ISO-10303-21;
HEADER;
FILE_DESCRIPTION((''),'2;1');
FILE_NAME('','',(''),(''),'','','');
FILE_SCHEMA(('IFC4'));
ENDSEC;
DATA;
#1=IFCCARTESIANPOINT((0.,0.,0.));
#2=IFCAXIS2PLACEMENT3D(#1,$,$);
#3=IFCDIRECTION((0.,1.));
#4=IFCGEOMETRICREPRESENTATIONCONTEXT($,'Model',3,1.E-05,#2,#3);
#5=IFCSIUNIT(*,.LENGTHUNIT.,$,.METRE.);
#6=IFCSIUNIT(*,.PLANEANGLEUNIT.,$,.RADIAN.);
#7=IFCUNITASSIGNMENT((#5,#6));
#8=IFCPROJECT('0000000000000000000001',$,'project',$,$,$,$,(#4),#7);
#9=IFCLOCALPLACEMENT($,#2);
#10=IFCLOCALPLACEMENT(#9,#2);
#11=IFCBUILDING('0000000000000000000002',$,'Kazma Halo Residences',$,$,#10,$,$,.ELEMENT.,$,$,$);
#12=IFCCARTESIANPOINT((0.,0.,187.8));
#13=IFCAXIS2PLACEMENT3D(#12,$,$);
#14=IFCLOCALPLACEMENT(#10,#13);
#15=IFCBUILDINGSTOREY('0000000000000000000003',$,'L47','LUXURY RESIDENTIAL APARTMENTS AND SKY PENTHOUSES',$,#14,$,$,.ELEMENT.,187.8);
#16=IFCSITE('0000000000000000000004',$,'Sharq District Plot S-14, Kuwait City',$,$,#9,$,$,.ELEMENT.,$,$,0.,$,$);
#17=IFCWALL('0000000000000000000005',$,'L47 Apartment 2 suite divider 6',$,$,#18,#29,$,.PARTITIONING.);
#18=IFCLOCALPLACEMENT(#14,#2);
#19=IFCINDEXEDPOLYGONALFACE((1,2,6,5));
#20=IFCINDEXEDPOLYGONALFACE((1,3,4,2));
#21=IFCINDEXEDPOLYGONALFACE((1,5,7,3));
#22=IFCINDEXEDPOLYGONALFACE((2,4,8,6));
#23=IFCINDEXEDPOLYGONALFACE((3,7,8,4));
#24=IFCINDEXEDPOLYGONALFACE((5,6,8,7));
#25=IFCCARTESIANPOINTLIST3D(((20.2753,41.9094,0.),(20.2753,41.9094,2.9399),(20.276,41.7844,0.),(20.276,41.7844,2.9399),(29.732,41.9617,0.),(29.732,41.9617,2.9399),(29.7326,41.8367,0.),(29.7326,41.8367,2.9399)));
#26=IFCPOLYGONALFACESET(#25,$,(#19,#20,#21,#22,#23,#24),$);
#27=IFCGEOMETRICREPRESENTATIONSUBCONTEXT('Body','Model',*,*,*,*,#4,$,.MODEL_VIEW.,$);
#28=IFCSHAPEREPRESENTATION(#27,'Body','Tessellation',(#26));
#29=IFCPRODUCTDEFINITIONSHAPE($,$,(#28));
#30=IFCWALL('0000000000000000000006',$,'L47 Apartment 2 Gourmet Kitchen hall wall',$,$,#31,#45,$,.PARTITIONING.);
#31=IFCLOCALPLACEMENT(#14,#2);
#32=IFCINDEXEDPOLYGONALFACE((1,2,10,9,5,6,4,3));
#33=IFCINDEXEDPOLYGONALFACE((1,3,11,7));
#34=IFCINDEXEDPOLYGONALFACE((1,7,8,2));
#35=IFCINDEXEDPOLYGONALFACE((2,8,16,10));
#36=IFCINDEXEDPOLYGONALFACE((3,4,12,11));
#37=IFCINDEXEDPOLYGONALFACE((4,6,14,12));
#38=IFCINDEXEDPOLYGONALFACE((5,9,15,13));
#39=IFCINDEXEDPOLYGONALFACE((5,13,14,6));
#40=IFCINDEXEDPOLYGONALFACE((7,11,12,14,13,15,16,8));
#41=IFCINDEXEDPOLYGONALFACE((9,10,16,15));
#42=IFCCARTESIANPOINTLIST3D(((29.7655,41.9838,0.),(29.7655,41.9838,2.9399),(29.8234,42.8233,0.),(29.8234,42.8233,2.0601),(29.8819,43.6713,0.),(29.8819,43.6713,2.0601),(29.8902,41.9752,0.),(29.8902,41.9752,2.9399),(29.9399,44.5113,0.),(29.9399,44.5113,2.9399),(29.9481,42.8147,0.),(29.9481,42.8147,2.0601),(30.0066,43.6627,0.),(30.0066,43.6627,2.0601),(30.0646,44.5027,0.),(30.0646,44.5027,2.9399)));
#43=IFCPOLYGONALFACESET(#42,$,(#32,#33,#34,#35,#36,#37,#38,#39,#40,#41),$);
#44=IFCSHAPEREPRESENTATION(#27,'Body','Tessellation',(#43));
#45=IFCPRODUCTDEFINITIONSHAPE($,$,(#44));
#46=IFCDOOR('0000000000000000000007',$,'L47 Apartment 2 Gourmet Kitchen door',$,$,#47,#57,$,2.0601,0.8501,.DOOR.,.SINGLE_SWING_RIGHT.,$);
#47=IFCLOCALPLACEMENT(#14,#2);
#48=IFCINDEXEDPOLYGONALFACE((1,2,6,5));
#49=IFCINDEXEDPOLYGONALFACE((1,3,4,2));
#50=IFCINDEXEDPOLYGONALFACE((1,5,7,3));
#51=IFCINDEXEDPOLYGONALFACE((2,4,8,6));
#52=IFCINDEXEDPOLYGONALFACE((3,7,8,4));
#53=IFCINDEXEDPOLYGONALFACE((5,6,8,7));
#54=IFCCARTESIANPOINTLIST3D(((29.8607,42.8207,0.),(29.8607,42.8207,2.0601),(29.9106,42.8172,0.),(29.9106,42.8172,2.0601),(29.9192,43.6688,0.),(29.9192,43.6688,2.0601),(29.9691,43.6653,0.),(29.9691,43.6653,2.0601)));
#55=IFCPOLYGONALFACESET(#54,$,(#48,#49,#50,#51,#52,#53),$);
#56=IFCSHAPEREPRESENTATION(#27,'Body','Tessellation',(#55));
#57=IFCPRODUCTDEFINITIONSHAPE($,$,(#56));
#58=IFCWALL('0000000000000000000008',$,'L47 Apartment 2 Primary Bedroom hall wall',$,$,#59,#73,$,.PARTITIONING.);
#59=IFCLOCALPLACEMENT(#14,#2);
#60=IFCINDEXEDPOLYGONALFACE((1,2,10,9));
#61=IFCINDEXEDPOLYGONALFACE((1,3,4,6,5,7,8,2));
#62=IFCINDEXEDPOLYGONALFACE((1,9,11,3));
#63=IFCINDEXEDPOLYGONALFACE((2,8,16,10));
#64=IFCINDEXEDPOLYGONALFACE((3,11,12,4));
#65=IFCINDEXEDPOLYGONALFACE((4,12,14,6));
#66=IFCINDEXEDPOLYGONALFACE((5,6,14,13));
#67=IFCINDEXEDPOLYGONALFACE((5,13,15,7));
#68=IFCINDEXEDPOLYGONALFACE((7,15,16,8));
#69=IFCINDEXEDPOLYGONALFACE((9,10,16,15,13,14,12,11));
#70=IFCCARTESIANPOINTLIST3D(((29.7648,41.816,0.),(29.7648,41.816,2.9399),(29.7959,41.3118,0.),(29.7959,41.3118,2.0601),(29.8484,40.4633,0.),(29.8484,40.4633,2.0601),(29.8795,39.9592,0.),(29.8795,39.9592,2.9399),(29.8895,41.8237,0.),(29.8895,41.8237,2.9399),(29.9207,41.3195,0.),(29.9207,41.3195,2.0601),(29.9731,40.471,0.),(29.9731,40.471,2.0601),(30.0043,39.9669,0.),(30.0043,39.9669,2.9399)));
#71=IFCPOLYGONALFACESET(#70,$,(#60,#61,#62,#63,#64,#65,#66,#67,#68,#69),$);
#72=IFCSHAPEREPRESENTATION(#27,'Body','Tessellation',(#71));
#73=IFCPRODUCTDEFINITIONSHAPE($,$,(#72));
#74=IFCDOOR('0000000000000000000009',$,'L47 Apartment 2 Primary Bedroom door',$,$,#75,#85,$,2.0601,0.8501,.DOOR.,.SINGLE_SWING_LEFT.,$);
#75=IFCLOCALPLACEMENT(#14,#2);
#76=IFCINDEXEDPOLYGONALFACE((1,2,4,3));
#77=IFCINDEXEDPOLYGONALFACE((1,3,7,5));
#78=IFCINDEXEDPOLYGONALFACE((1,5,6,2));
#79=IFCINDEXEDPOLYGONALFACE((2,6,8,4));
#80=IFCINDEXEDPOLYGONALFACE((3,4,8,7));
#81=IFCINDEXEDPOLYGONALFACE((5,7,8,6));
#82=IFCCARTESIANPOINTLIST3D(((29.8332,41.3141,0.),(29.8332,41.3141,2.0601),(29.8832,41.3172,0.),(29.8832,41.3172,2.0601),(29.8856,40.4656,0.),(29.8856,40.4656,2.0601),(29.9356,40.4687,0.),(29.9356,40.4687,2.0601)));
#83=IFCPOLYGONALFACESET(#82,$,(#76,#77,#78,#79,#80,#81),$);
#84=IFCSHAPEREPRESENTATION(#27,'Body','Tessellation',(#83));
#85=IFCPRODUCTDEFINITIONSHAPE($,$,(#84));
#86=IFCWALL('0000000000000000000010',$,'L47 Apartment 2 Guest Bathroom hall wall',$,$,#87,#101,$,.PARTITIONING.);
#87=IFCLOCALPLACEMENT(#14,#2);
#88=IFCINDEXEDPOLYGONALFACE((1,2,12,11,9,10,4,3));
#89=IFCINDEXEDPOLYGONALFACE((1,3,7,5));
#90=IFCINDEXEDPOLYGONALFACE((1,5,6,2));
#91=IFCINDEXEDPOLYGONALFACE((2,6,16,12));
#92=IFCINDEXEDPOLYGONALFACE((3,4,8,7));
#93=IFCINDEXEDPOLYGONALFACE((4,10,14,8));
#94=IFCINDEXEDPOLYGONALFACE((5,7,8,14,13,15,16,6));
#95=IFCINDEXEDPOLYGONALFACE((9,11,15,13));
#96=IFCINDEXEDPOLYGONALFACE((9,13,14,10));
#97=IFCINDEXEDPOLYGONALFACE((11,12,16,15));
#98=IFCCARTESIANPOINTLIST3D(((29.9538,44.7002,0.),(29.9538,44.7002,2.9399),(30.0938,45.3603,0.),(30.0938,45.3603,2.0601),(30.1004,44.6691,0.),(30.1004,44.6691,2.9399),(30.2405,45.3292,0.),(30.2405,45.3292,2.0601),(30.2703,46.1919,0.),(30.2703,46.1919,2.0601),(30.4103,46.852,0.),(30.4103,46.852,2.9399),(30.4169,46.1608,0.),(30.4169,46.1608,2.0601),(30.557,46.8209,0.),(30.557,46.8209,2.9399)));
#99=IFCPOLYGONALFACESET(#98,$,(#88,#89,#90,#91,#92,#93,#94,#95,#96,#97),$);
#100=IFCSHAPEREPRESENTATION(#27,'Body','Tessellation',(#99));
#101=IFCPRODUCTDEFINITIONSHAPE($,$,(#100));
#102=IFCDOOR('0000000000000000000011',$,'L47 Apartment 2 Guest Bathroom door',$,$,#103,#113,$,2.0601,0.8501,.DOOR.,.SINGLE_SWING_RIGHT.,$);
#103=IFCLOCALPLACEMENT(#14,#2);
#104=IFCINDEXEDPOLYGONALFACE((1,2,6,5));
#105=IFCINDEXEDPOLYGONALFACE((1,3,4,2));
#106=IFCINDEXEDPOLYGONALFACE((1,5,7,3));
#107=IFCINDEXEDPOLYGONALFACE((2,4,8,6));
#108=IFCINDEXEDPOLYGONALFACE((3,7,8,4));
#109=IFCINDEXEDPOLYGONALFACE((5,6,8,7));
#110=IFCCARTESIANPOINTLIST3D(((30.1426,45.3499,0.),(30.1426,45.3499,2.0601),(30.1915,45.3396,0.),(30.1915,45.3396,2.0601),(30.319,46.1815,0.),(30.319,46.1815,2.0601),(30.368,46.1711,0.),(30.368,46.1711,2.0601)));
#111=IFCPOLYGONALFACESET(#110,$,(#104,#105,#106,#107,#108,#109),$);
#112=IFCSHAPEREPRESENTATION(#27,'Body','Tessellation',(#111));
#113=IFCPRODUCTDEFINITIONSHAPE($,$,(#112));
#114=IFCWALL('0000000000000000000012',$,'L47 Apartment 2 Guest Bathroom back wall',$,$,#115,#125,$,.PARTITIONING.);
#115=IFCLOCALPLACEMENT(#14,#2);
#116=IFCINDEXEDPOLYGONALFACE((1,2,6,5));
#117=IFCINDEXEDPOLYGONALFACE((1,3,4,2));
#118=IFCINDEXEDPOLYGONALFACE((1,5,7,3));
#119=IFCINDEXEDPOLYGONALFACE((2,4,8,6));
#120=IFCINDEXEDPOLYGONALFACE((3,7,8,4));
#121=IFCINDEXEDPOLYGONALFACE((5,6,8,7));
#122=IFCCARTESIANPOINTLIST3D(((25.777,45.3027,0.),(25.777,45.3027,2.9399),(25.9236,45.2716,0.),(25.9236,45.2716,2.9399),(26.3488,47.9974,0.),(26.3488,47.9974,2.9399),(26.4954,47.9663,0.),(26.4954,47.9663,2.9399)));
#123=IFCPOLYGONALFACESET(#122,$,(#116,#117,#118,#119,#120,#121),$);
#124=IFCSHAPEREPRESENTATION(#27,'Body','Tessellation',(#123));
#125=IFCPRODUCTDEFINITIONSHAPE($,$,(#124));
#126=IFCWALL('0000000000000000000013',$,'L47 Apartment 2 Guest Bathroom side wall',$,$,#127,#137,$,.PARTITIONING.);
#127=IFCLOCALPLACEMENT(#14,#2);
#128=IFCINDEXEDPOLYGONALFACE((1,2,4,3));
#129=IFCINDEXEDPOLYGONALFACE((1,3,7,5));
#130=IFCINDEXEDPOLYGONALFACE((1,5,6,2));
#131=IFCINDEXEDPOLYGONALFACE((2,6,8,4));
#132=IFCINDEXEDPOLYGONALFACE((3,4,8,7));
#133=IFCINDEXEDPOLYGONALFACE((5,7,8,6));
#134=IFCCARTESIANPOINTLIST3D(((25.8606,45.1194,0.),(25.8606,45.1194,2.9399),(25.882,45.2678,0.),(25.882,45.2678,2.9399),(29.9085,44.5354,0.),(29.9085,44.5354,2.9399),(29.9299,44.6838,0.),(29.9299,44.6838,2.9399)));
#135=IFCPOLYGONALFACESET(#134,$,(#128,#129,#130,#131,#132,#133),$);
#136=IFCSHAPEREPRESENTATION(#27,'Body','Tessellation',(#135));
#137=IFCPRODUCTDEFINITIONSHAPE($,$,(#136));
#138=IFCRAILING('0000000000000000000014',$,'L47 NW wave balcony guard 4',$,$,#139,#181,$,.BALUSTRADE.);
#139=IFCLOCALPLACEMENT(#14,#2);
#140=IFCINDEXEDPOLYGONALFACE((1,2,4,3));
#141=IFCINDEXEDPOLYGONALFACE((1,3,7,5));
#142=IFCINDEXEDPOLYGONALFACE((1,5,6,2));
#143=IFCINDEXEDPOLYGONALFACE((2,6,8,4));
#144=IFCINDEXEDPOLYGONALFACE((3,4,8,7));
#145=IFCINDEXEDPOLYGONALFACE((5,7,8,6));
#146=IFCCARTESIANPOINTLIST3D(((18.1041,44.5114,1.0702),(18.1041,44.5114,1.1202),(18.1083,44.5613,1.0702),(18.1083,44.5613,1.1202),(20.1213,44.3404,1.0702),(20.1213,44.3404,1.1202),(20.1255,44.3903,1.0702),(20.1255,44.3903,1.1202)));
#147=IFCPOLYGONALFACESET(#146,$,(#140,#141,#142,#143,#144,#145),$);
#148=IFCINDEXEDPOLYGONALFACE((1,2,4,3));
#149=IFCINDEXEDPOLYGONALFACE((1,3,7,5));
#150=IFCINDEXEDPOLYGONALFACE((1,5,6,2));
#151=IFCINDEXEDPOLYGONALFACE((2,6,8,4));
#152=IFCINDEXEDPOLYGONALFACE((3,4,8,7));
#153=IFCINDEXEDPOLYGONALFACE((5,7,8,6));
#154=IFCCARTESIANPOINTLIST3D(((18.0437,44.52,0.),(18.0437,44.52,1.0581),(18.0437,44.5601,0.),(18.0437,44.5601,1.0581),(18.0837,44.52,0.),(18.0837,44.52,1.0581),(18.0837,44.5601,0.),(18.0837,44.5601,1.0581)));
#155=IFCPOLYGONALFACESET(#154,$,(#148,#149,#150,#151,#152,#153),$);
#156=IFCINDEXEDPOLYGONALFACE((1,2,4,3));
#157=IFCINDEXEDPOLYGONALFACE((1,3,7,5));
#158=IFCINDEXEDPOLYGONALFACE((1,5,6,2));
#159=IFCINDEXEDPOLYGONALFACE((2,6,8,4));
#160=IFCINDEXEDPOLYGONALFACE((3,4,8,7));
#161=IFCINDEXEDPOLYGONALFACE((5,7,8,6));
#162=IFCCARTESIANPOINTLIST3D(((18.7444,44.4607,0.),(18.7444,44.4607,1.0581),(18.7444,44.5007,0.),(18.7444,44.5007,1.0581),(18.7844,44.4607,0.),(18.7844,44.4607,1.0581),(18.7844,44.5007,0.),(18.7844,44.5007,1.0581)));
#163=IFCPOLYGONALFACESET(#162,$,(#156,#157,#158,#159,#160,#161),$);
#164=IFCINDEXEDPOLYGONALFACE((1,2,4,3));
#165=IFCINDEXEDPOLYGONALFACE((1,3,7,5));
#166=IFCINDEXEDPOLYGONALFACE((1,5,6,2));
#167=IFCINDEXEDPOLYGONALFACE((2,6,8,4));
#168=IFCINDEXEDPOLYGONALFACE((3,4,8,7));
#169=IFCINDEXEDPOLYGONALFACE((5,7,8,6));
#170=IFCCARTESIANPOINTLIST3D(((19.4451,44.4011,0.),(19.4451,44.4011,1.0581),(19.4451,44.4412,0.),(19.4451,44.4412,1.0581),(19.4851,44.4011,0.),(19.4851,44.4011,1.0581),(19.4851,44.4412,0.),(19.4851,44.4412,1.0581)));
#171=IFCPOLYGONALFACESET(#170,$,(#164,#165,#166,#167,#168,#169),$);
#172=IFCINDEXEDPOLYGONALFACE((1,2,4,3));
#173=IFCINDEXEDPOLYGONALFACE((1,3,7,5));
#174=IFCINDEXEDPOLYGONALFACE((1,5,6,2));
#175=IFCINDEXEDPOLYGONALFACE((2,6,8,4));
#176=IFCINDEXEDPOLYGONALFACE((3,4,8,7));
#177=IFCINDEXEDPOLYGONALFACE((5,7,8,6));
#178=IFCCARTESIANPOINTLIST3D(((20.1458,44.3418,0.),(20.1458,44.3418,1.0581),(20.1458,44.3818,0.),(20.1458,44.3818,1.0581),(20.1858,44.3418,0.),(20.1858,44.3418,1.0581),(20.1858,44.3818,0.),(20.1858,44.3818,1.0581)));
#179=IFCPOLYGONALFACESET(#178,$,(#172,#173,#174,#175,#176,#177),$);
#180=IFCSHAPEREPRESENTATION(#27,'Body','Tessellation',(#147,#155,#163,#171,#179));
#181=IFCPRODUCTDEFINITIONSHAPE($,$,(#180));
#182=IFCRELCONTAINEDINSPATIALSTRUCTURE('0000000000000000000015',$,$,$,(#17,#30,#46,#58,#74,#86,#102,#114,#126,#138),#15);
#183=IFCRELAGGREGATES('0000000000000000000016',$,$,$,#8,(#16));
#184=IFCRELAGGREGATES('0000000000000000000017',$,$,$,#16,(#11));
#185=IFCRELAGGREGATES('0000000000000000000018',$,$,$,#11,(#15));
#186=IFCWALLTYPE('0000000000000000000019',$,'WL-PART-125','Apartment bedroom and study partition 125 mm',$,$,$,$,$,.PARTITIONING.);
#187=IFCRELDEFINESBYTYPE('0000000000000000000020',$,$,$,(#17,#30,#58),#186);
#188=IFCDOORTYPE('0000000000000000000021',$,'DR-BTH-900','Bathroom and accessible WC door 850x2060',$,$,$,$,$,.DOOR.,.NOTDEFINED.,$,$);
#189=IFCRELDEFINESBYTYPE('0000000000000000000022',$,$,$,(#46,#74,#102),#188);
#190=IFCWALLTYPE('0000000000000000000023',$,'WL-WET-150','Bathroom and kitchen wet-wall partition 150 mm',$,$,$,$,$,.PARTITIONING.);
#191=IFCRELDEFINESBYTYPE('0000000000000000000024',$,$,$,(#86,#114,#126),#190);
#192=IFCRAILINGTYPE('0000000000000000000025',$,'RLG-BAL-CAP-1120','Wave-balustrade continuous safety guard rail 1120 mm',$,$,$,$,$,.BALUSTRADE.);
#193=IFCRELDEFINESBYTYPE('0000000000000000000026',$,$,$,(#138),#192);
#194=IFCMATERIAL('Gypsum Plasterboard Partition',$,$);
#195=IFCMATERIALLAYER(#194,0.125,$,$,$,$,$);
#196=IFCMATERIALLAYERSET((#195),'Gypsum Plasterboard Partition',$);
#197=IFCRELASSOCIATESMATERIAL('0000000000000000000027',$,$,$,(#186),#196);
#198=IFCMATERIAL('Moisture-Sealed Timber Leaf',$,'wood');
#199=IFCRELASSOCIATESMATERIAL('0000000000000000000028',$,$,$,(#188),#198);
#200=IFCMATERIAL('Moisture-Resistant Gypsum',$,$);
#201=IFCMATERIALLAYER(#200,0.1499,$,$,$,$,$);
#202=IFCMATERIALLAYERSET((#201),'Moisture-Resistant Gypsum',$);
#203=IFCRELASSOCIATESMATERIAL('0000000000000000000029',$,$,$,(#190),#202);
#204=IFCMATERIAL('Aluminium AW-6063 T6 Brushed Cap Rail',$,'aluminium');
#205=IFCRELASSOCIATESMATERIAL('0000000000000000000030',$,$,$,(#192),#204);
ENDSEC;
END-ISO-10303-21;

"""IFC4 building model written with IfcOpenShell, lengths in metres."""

from ifc_helpers import new_model, si_unit, direction, frame, frame_2d, origin, origin_2d, place, context, subcontext, project, spatial, rectangle, extrude, material, layer, layer_set, type_object, element, fill, save


model = new_model("IFC4")

# Units and contexts
model_context = context("Model", 3, precision=1e-05, world=origin(), true_north=direction((0.0, 1.0)))
body_context = subcontext(model_context, "Body", "Model", "MODEL_VIEW")
ifc_project = project(units=[si_unit("LENGTHUNIT", "METRE"), si_unit("PLANEANGLEUNIT", "RADIAN")], contexts=[model_context])

# Site, building, storey
site_placement = place(None, origin())
site = spatial("IfcSite", under=ifc_project, at=site_placement, Name="Sharq District Plot S-14, Kuwait City", CompositionType="ELEMENT", RefElevation=0.0)
building_placement = place(site_placement, origin())
building = spatial("IfcBuilding", under=site, at=building_placement, Name="Kazma Halo Residences", CompositionType="ELEMENT")
storey_placement = place(building_placement, frame((0.0, 0.0, 187.8)))
storey = spatial("IfcBuildingStorey", under=building, at=storey_placement, Name="L47", Description="LUXURY RESIDENTIAL APARTMENTS AND SKY PENTHOUSES", CompositionType="ELEMENT", Elevation=187.8)

# Shared definitions
ifc_material_1 = material(Name="Gypsum Plasterboard Partition")
ifc_layer_1 = layer(ifc_material_1, 0.125)
ifc_layer_set_1 = layer_set([ifc_layer_1], Name="Gypsum Plasterboard Partition")
wall_type_1 = type_object("IfcWallType", Name="WL-PART-125", Description="Apartment bedroom and study partition 125 mm", PredefinedType="PARTITIONING", material=ifc_layer_set_1)

# Shared definitions
ifc_material_2 = material(Name="Moisture-Sealed Timber Leaf", Category="wood")
door_type = type_object("IfcDoorType", Name="DR-BTH-900", Description="Bathroom and accessible WC door 850x2060", OperationType="NOTDEFINED", PredefinedType="DOOR", material=ifc_material_2)

# Wall
wall_1_placement = place(storey_placement, frame((29.7324, 41.8992, 0.0), z_axis=(0.0, 0.0, 1.0), x_axis=(-0.999985, -0.005525, 0.0)))
element("IfcWall", 1, at=wall_1_placement, inside=storey, type_object=wall_type_1, Name="L47 Apartment 2 suite divider 6", PredefinedType="PARTITIONING", context=body_context, shape_type="SweptSolid", body=[
    extrude(rectangle(XDim=9.4568, YDim=0.125, at=frame_2d((4.7285, 0.0))), origin(), (0.0, 0.0, 1.0), 2.9399),
])

# Walls, openings, doors
wall_2_placement = place(storey_placement, frame((30.0022, 44.5068, 0.0), z_axis=(0.0, 0.0, 1.0), x_axis=(-0.068809, -0.99763, 0.0)))
wall_2 = element("IfcWall", 2, at=wall_2_placement, inside=storey, type_object=wall_type_1, Name="L47 Apartment 2 Gourmet Kitchen hall wall", PredefinedType="PARTITIONING", context=body_context, shape_type="SweptSolid", body=[
    extrude(rectangle(XDim=2.5334, YDim=0.125, at=frame_2d((1.2666, 0.0))), origin(), (0.0, 0.0, 1.0), 2.9399),
])
opening_1_placement = place(wall_2_placement, frame((0.8418, 0.0, 0.0)))
opening_1 = element("IfcOpeningElement", 3, at=opening_1_placement, cuts=wall_2, PredefinedType="OPENING", context=body_context, shape_type="SweptSolid", body=[
    extrude(rectangle(XDim=0.8501, YDim=2.0601, at=frame_2d((0.425, 1.03))), frame((0.0, 0.0725, 0.0), z_axis=(0.0, -1.0, 0.0), x_axis=(1.0, 0.0, 0.0)), (0.0, 0.0, 1.0), 0.145),
])
door_1_placement = place(opening_1_placement, origin())
door_1 = element("IfcDoor", 4, at=door_1_placement, inside=storey, type_object=door_type, Name="L47 Apartment 2 Gourmet Kitchen door", OperationType="SINGLE_SWING_RIGHT", OverallHeight=2.0601, OverallWidth=0.8501, PredefinedType="DOOR", context=body_context, shape_type="SweptSolid", body=[
    extrude(rectangle(XDim=0.8501, YDim=2.0601, at=frame_2d((0.425, 1.03))), frame((0.0, 0.0249, 0.0), z_axis=(0.0, -1.0, 0.0), x_axis=(1.0, 0.0, 0.0)), (0.0, 0.0, 1.0), 0.05),
])
fill(opening_1, door_1)
wall_3_placement = place(storey_placement, frame((29.8271, 41.8198, 0.0), z_axis=(0.0, 0.0, 1.0), x_axis=(0.061684, -0.998096, 0.0)))
wall_3 = element("IfcWall", 5, at=wall_3_placement, inside=storey, type_object=wall_type_1, Name="L47 Apartment 2 Primary Bedroom hall wall", PredefinedType="PARTITIONING", context=body_context, shape_type="SweptSolid", body=[
    extrude(rectangle(XDim=1.8604, YDim=0.125, at=frame_2d((0.9302, 0.0))), origin(), (0.0, 0.0, 1.0), 2.9399),
])
opening_2_placement = place(wall_3_placement, frame((0.5051, 0.0, 0.0)))
opening_2 = element("IfcOpeningElement", 6, at=opening_2_placement, cuts=wall_3, PredefinedType="OPENING", context=body_context, shape_type="SweptSolid", body=[
    extrude(rectangle(XDim=0.8501, YDim=2.0601, at=frame_2d((0.425, 1.03))), frame((0.0, 0.0725, 0.0), z_axis=(0.0, -1.0, 0.0), x_axis=(1.0, 0.0, 0.0)), (0.0, 0.0, 1.0), 0.145),
])
door_2_placement = place(opening_2_placement, origin())
door_2 = element("IfcDoor", 7, at=door_2_placement, inside=storey, type_object=door_type, Name="L47 Apartment 2 Primary Bedroom door", OperationType="SINGLE_SWING_LEFT", OverallHeight=2.0601, OverallWidth=0.8501, PredefinedType="DOOR", context=body_context, shape_type="SweptSolid", body=[
    extrude(rectangle(XDim=0.8501, YDim=2.0601, at=frame_2d((0.425, 1.03))), frame((0.0, 0.0249, 0.0), z_axis=(0.0, -1.0, 0.0), x_axis=(1.0, 0.0, 0.0)), (0.0, 0.0, 1.0), 0.05),
])
fill(opening_2, door_2)
ifc_material_3 = material(Name="Moisture-Resistant Gypsum")
ifc_layer_2 = layer(ifc_material_3, 0.1499)
ifc_layer_set_2 = layer_set([ifc_layer_2], Name="Moisture-Resistant Gypsum")
wall_type_2 = type_object("IfcWallType", Name="WL-WET-150", Description="Bathroom and kitchen wet-wall partition 150 mm", PredefinedType="PARTITIONING", material=ifc_layer_set_2)
wall_4_placement = place(storey_placement, frame((30.4836, 46.8364, 0.0), z_axis=(0.0, 0.0, 1.0), x_axis=(-0.207543, -0.978226, 0.0)))
wall_4 = element("IfcWall", 8, at=wall_4_placement, inside=storey, type_object=wall_type_2, Name="L47 Apartment 2 Guest Bathroom hall wall", PredefinedType="PARTITIONING", context=body_context, shape_type="SweptSolid", body=[
    extrude(rectangle(XDim=2.1997, YDim=0.1499, at=frame_2d((1.0999, 0.0))), origin(), (0.0, 0.0, 1.0), 2.9399),
])
opening_3_placement = place(wall_4_placement, frame((0.6748, 0.0, 0.0)))
opening_3 = element("IfcOpeningElement", 9, at=opening_3_placement, cuts=wall_4, PredefinedType="OPENING", context=body_context, shape_type="SweptSolid", body=[
    extrude(rectangle(XDim=0.8501, YDim=2.0601, at=frame_2d((0.425, 1.03))), frame((0.0, 0.085, 0.0), z_axis=(0.0, -1.0, 0.0), x_axis=(1.0, 0.0, 0.0)), (0.0, 0.0, 1.0), 0.1699),
])
door_3_placement = place(opening_3_placement, origin())
door_3 = element("IfcDoor", 10, at=door_3_placement, inside=storey, type_object=door_type, Name="L47 Apartment 2 Guest Bathroom door", OperationType="SINGLE_SWING_RIGHT", OverallHeight=2.0601, OverallWidth=0.8501, PredefinedType="DOOR", context=body_context, shape_type="SweptSolid", body=[
    extrude(rectangle(XDim=0.8501, YDim=2.0601, at=frame_2d((0.425, 1.03))), frame((0.0, 0.0249, 0.0), z_axis=(0.0, -1.0, 0.0), x_axis=(1.0, 0.0, 0.0)), (0.0, 0.0, 1.0), 0.05),
])
fill(opening_3, door_3)

# Walls
wall_5_placement = place(storey_placement, frame((26.4221, 47.9819, 0.0), z_axis=(0.0, 0.0, 1.0), x_axis=(-0.207574, -0.978219, 0.0)))
element("IfcWall", 11, at=wall_5_placement, inside=storey, type_object=wall_type_2, Name="L47 Apartment 2 Guest Bathroom back wall", PredefinedType="PARTITIONING", context=body_context, shape_type="SweptSolid", body=[
    extrude(rectangle(XDim=2.7546, YDim=0.1499, at=frame_2d((1.3774, 0.0))), origin(), (0.0, 0.0, 1.0), 2.9399),
])
wall_6_placement = place(storey_placement, frame((29.9192, 44.6096, 0.0), z_axis=(0.0, 0.0, 1.0), x_axis=(-0.989753, 0.142792, 0.0)))
element("IfcWall", 12, at=wall_6_placement, inside=storey, type_object=wall_type_2, Name="L47 Apartment 2 Guest Bathroom side wall", PredefinedType="PARTITIONING", context=body_context, shape_type="SweptSolid", body=[
    extrude(rectangle(XDim=4.0898, YDim=0.1499, at=frame_2d((2.0449, 0.0))), origin(), (0.0, 0.0, 1.0), 2.9399),
])

# Railing
ifc_material_4 = material(Name="Aluminium AW-6063 T6 Brushed Cap Rail", Category="aluminium")
railing_type = type_object("IfcRailingType", Name="RLG-BAL-CAP-1120", Description="Wave-balustrade continuous safety guard rail 1120 mm", PredefinedType="BALUSTRADE", material=ifc_material_4)
railing_placement = place(storey_placement, frame((18.0637, 44.54, 0.0)))
element("IfcRailing", 13, at=railing_placement, inside=storey, type_object=railing_type, Name="L47 NW wave balcony guard 4", PredefinedType="BALUSTRADE", context=body_context, shape_type="SweptSolid", body=[
    extrude(rectangle(XDim=0.05, YDim=0.05, at=origin_2d()), frame((0.0425, -0.0037, 1.0952), z_axis=(0.996425, -0.084482, 0.0), x_axis=(0.084482, 0.996425, 0.0)), (0.0, 0.0, 1.0), 2.0244),
    extrude(rectangle(XDim=0.04, YDim=0.04, at=origin_2d()), origin(), (0.0, 0.0, 1.0), 1.0581),
    extrude(rectangle(XDim=0.04, YDim=0.04, at=origin_2d()), frame((0.7007, -0.0593, 0.0)), (0.0, 0.0, 1.0), 1.0581),
    extrude(rectangle(XDim=0.04, YDim=0.04, at=origin_2d()), frame((1.4014, -0.1189, 0.0)), (0.0, 0.0, 1.0), 1.0581),
    extrude(rectangle(XDim=0.04, YDim=0.04, at=origin_2d()), frame((2.1021, -0.1782, 0.0)), (0.0, 0.0, 1.0), 1.0581),
])

save(model, "model.ifc")
